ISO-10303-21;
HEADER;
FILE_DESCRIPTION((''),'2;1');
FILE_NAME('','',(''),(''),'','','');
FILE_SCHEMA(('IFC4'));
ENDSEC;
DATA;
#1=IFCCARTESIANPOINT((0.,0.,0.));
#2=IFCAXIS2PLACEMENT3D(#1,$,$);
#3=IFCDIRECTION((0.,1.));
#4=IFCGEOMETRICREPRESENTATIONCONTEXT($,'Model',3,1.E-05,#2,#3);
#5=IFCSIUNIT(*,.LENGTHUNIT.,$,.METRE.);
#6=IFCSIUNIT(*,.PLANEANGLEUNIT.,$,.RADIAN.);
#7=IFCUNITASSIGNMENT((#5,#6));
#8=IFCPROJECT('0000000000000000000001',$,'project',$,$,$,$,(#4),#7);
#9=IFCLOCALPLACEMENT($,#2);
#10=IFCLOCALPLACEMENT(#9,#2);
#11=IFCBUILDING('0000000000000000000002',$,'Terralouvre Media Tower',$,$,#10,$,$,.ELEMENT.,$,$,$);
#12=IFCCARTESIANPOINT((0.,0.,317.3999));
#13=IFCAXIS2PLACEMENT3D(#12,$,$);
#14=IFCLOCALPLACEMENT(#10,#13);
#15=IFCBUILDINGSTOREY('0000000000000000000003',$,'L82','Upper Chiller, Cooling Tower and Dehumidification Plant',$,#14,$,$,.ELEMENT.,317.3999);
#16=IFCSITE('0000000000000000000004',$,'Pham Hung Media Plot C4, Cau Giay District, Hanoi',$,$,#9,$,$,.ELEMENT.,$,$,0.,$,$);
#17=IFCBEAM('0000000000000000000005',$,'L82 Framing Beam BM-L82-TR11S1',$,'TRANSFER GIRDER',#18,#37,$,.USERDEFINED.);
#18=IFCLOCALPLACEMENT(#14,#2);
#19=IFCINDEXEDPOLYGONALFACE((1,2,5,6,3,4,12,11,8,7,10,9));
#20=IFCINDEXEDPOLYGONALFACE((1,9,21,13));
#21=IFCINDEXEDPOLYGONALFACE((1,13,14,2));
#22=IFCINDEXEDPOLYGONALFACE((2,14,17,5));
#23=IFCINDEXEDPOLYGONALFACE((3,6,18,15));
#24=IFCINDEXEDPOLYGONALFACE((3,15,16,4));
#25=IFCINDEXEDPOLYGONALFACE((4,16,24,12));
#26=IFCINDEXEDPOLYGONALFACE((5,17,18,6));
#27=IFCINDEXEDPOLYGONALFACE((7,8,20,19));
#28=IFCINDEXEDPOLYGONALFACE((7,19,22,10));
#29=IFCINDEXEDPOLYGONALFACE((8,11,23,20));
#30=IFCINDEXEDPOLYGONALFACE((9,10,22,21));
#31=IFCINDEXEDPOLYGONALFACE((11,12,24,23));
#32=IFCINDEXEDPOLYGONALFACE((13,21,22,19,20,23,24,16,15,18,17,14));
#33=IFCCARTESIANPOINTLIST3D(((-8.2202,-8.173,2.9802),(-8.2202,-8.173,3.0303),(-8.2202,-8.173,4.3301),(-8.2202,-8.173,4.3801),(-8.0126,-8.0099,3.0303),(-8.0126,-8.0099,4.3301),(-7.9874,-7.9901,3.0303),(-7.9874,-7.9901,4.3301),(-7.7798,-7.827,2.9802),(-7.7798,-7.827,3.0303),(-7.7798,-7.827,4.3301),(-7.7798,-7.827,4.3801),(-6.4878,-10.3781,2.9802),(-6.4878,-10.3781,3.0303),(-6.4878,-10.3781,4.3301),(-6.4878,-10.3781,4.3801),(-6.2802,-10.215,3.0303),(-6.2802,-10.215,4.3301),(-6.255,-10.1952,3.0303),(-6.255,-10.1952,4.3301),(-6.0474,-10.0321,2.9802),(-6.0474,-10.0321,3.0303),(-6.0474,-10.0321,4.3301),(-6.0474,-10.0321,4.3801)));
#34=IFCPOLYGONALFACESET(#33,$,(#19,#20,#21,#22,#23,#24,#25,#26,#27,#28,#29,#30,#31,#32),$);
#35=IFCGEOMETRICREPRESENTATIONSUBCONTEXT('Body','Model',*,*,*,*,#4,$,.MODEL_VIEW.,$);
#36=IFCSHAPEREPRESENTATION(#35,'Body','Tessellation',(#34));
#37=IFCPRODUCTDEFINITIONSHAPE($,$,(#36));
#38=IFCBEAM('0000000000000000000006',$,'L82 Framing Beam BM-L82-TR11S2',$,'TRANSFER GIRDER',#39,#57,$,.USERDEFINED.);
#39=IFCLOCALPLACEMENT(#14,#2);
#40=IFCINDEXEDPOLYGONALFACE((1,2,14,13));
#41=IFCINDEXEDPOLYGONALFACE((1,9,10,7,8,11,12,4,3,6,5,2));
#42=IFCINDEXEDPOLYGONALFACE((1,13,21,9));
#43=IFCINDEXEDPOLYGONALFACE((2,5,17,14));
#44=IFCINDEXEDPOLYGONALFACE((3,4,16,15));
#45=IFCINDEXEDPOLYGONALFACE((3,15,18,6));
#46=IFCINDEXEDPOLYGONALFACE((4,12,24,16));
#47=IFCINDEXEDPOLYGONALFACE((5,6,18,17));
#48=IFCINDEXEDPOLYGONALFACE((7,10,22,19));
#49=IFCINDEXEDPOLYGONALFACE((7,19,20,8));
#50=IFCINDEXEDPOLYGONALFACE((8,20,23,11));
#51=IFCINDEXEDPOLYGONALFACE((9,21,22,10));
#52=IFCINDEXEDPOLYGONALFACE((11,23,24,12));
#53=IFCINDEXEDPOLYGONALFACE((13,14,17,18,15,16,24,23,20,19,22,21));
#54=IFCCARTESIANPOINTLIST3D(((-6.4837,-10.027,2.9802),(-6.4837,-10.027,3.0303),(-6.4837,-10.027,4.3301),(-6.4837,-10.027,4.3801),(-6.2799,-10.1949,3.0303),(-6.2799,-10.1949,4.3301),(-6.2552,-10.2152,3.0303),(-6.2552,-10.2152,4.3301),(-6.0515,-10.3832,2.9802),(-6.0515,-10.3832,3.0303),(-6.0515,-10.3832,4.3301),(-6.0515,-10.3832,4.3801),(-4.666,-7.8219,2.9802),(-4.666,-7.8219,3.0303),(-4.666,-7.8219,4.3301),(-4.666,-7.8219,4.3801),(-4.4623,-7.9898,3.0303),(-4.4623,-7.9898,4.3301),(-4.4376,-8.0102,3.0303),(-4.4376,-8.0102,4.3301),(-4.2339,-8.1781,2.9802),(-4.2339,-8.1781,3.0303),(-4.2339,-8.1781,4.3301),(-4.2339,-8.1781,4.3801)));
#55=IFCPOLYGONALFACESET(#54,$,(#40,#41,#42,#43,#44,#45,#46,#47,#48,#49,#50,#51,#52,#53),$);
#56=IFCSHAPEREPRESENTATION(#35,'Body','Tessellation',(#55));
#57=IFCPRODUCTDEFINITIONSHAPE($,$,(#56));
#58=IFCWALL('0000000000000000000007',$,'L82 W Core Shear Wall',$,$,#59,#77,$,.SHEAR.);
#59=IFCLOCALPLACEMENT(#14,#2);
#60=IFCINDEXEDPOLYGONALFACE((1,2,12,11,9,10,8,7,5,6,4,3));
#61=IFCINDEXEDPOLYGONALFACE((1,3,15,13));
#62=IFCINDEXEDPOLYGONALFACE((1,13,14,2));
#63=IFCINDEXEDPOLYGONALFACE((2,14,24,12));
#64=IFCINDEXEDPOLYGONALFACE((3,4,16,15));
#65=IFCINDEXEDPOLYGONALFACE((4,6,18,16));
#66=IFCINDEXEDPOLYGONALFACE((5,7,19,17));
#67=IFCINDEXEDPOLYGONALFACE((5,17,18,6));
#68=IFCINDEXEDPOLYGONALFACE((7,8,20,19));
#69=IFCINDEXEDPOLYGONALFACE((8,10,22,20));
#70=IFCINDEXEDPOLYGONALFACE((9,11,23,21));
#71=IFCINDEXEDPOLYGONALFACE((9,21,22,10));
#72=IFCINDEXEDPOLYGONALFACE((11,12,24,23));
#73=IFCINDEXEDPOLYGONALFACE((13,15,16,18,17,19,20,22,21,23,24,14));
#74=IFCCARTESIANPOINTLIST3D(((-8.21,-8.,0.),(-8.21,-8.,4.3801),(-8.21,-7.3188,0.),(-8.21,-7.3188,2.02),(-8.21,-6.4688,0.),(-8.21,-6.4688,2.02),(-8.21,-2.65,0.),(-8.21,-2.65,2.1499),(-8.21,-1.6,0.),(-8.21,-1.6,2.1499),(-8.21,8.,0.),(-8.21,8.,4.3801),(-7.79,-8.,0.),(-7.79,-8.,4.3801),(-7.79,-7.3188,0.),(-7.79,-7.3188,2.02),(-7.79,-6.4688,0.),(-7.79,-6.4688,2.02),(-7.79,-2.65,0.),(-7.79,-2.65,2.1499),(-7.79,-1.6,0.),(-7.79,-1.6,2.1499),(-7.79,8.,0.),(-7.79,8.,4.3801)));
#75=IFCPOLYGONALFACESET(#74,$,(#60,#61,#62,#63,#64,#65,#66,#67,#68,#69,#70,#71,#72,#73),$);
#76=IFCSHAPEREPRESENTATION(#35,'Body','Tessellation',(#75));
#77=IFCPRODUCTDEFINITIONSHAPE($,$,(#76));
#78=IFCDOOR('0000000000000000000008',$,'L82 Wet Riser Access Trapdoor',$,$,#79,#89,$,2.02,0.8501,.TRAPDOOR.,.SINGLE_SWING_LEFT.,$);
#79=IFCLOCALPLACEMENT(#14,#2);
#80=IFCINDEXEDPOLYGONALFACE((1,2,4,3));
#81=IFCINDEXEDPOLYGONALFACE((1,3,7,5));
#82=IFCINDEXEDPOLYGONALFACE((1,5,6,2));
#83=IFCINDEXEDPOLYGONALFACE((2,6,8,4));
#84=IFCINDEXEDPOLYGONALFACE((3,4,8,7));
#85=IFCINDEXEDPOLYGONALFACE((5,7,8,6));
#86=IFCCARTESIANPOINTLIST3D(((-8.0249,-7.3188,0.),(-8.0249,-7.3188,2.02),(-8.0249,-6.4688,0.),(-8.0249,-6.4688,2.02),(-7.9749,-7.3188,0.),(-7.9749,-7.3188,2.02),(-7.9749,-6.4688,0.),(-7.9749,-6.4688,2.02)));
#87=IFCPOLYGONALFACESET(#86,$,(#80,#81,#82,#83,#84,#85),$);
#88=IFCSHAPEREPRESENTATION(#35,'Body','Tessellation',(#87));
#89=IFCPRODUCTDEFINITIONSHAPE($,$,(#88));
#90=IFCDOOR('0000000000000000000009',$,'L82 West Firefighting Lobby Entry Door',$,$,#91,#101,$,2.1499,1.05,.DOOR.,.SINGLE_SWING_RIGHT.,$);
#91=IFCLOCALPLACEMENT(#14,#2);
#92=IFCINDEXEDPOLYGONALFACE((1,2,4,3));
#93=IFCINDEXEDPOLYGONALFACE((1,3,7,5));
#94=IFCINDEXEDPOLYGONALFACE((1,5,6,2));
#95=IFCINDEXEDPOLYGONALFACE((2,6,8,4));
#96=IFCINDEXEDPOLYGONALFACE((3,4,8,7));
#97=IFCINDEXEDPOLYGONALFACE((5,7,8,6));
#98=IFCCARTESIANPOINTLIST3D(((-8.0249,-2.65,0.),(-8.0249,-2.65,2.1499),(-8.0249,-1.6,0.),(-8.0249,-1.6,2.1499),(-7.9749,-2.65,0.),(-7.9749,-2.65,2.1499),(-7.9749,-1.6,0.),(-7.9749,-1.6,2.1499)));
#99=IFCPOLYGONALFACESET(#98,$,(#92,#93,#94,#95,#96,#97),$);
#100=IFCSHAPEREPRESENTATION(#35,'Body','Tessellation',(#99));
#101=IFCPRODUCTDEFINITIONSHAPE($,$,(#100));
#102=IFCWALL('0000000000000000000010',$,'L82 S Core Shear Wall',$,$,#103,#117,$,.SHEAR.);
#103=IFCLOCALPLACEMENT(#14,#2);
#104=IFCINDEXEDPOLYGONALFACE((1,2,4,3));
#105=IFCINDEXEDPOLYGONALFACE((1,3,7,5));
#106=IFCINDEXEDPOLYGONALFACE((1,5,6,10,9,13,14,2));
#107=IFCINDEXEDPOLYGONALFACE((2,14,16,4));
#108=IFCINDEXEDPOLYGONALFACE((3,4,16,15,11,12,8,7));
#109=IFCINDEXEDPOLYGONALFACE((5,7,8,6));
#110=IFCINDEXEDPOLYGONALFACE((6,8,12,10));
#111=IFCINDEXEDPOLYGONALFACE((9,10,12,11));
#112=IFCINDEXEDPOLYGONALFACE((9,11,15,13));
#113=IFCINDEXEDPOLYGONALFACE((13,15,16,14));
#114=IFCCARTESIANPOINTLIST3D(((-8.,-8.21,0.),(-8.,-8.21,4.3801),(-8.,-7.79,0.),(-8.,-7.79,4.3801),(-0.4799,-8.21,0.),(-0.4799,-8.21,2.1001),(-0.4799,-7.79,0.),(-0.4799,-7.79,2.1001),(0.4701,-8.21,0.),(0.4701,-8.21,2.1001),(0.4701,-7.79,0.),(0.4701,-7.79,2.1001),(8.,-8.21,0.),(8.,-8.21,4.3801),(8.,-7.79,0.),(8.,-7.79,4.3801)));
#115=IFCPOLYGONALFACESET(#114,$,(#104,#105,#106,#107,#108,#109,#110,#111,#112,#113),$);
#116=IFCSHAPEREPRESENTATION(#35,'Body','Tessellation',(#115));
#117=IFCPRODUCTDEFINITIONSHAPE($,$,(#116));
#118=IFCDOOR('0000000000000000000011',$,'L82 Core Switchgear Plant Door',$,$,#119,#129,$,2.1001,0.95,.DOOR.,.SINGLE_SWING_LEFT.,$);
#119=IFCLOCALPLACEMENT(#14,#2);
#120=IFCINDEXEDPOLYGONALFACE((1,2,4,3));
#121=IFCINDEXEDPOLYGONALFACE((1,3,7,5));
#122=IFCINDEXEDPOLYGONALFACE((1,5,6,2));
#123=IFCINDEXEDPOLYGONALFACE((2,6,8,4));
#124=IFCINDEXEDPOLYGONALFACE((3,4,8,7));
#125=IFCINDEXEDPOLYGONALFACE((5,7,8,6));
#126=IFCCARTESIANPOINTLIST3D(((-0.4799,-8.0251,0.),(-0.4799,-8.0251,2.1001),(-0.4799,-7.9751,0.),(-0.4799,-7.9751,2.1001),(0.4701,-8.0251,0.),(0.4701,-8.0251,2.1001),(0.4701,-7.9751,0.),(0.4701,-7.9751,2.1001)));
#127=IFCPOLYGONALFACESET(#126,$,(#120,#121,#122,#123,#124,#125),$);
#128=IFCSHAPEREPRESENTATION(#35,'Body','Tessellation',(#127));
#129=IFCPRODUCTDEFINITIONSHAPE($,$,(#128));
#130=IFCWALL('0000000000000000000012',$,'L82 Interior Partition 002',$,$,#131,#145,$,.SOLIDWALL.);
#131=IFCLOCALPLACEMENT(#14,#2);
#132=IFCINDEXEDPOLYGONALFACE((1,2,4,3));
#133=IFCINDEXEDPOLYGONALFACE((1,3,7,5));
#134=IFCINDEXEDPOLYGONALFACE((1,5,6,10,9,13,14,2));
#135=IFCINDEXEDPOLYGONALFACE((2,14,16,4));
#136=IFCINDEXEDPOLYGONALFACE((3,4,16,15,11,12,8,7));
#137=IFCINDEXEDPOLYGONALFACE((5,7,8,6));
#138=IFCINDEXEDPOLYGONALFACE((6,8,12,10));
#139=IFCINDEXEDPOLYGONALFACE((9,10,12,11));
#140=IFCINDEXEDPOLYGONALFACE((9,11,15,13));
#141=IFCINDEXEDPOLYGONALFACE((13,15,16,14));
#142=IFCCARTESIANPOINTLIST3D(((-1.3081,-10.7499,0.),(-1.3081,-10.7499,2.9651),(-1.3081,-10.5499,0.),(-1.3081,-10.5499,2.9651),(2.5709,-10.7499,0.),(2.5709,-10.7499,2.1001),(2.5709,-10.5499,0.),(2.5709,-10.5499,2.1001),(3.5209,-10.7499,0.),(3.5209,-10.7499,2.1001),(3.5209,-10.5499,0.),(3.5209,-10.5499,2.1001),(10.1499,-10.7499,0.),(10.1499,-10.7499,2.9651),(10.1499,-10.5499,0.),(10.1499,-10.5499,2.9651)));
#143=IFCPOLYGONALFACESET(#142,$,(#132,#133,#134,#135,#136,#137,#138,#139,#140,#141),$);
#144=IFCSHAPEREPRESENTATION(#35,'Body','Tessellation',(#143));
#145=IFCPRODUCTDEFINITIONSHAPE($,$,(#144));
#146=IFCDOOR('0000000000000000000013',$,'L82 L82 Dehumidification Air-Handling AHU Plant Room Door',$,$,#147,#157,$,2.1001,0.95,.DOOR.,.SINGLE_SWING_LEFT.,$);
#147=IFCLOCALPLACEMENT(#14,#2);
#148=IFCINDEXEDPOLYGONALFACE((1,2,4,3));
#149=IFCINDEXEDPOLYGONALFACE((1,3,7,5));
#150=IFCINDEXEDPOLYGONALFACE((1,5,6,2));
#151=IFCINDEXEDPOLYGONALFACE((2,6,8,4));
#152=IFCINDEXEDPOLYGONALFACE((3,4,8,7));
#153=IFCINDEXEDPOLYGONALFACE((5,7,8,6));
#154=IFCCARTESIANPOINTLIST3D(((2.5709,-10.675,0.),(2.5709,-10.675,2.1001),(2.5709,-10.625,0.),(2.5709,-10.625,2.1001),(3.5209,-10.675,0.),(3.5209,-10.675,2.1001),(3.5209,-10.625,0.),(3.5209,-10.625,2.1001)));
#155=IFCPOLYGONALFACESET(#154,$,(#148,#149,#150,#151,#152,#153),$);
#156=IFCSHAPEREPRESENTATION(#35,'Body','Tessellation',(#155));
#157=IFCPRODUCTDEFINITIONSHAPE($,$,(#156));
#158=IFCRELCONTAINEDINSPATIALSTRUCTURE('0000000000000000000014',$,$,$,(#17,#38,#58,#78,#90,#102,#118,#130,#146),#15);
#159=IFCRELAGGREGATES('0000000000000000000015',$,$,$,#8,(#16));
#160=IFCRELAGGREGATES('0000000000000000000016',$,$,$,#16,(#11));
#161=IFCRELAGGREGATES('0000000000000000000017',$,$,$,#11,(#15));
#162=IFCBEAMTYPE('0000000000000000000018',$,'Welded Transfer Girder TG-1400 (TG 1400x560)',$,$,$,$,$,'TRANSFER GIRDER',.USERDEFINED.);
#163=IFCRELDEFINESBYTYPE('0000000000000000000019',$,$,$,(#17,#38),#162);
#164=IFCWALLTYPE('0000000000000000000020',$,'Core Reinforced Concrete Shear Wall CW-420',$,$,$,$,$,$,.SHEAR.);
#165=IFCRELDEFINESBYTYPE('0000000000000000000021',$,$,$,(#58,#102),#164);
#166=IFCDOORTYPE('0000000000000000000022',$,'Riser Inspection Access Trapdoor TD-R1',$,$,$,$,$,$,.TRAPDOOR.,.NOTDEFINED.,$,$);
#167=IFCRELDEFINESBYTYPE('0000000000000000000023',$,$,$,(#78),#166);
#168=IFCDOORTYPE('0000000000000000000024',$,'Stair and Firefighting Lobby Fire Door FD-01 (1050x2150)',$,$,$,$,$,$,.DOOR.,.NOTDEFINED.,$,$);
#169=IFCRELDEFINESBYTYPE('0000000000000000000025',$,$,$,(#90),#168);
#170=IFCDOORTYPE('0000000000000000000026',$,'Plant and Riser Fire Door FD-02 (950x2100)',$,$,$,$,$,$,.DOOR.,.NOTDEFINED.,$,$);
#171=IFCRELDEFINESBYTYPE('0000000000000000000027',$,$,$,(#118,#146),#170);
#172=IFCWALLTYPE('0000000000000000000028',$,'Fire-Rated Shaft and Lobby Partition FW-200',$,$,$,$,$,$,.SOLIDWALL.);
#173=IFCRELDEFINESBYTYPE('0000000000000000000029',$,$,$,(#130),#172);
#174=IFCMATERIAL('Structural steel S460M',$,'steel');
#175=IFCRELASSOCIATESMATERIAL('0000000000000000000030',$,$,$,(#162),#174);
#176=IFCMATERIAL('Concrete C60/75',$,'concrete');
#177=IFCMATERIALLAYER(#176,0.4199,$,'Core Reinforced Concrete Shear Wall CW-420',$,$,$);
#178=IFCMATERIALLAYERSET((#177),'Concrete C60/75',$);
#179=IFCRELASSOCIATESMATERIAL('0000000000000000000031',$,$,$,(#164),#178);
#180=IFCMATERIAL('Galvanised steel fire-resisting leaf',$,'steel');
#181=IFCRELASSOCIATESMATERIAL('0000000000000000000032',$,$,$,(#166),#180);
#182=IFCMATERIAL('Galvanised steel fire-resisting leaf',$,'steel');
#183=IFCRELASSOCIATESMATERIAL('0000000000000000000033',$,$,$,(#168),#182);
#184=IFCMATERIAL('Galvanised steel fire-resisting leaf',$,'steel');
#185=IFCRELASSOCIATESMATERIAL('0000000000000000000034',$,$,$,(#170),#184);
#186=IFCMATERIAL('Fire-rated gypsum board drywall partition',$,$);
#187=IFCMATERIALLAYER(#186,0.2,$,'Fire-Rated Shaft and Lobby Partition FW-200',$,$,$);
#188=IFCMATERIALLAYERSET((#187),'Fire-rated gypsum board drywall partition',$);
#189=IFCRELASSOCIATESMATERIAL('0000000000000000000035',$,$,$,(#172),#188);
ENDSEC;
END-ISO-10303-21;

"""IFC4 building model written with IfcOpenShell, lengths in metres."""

from ifc_helpers import new_model, si_unit, direction, frame, frame_2d, origin, origin_2d, place, context, subcontext, project, spatial, rectangle, i_section, extrude, material, layer, layer_set, material_profile, profile_set, type_object, element, fill, save


model = new_model("IFC4")

# Units and contexts
model_context = context("Model", 3, precision=1e-05, world=origin(), true_north=direction((0.0, 1.0)))
body_context = subcontext(model_context, "Body", "Model", "MODEL_VIEW")
ifc_project = project(units=[si_unit("LENGTHUNIT", "METRE"), si_unit("PLANEANGLEUNIT", "RADIAN")], contexts=[model_context])

# Site, building, storey
site_placement = place(None, origin())
site = spatial("IfcSite", under=ifc_project, at=site_placement, Name="Pham Hung Media Plot C4, Cau Giay District, Hanoi", CompositionType="ELEMENT", RefElevation=0.0)
building_placement = place(site_placement, origin())
building = spatial("IfcBuilding", under=site, at=building_placement, Name="Terralouvre Media Tower", CompositionType="ELEMENT")
storey_placement = place(building_placement, frame((0.0, 0.0, 317.3999)))
storey = spatial("IfcBuildingStorey", under=building, at=storey_placement, Name="L82", Description="Upper Chiller, Cooling Tower and Dehumidification Plant", CompositionType="ELEMENT", Elevation=317.3999)

# Beams
ifc_material_1 = material(Name="Structural steel S460M", Category="steel")
ifc_material_profile_1 = material_profile(ifc_material_1, i_section(OverallWidth=0.5601, OverallDepth=1.3999, WebThickness=0.032, FlangeThickness=0.05, at=origin_2d()), Name="TG 1400x560")
ifc_profile_set_1 = profile_set([ifc_material_profile_1], Name="Structural steel S460M")
beam_type_1 = type_object("IfcBeamType", Name="Welded Transfer Girder TG-1400 (TG 1400x560)", ElementType="TRANSFER GIRDER", PredefinedType="USERDEFINED", material=ifc_profile_set_1)
beam_1_placement = place(storey_placement, frame((-6.2676, -10.2051, 3.6802), z_axis=(-0.617791, 0.786343, 0.0), x_axis=(-0.786343, -0.617791, 0.0)))
element("IfcBeam", 1, at=beam_1_placement, inside=storey, type_object=beam_type_1, Name="L82 Framing Beam BM-L82-TR11S1", ObjectType="TRANSFER GIRDER", PredefinedType="USERDEFINED", context=body_context, shape_type="SweptSolid", body=[
    extrude(i_section(OverallWidth=0.5601, OverallDepth=1.3999, WebThickness=0.032, FlangeThickness=0.05, at=origin_2d()), origin(), (0.0, 0.0, 1.0), 2.8042),
])
beam_2_placement = place(storey_placement, frame((-6.2676, -10.2051, 3.6802), z_axis=(0.636058, 0.771642, 0.0), x_axis=(-0.771642, 0.636058, 0.0)))
element("IfcBeam", 2, at=beam_2_placement, inside=storey, type_object=beam_type_1, Name="L82 Framing Beam BM-L82-TR11S2", ObjectType="TRANSFER GIRDER", PredefinedType="USERDEFINED", context=body_context, shape_type="SweptSolid", body=[
    extrude(i_section(OverallWidth=0.5601, OverallDepth=1.3999, WebThickness=0.032, FlangeThickness=0.05, at=origin_2d()), origin(), (0.0, 0.0, 1.0), 2.8577),
])

# Wall, openings, doors
ifc_material_2 = material(Name="Concrete C60/75", Category="concrete")
ifc_layer_1 = layer(ifc_material_2, 0.4199, Name="Core Reinforced Concrete Shear Wall CW-420")
ifc_layer_set_1 = layer_set([ifc_layer_1], Name="Concrete C60/75")
wall_type_1 = type_object("IfcWallType", Name="Core Reinforced Concrete Shear Wall CW-420", PredefinedType="SHEAR", material=ifc_layer_set_1)
wall_1_placement = place(storey_placement, frame((-8.0, -8.0, 0.0), z_axis=(0.0, 0.0, 1.0), x_axis=(0.0, 1.0, 0.0)))
wall_1 = element("IfcWall", 3, at=wall_1_placement, inside=storey, type_object=wall_type_1, Name="L82 W Core Shear Wall", PredefinedType="SHEAR", context=body_context, shape_type="SweptSolid", body=[
    extrude(rectangle(XDim=16.0, YDim=0.4199, at=frame_2d((8.0, 0.0))), origin(), (0.0, 0.0, 1.0), 4.3801),
])
opening_1_placement = place(wall_1_placement, frame((0.6812, 0.0, 0.0)))
opening_1 = element("IfcOpeningElement", 4, at=opening_1_placement, cuts=wall_1, PredefinedType="OPENING", context=body_context, shape_type="SweptSolid", body=[
    extrude(rectangle(XDim=0.8501, YDim=2.02, at=frame_2d((0.425, 1.01))), frame((0.0, 0.22, 0.0), z_axis=(0.0, -1.0, 0.0), x_axis=(1.0, 0.0, 0.0)), (0.0, 0.0, 1.0), 0.4399),
])
opening_2_placement = place(wall_1_placement, frame((5.3501, 0.0, 0.0)))
opening_2 = element("IfcOpeningElement", 5, at=opening_2_placement, cuts=wall_1, PredefinedType="OPENING", context=body_context, shape_type="SweptSolid", body=[
    extrude(rectangle(XDim=1.05, YDim=2.1499, at=frame_2d((0.5249, 1.075))), frame((0.0, 0.22, 0.0), z_axis=(0.0, -1.0, 0.0), x_axis=(1.0, 0.0, 0.0)), (0.0, 0.0, 1.0), 0.4399),
])
ifc_material_3 = material(Name="Galvanised steel fire-resisting leaf", Category="steel")
door_type_1 = type_object("IfcDoorType", Name="Riser Inspection Access Trapdoor TD-R1", OperationType="NOTDEFINED", PredefinedType="TRAPDOOR", material=ifc_material_3)
door_1_placement = place(opening_1_placement, origin())
door_1 = element("IfcDoor", 6, at=door_1_placement, inside=storey, type_object=door_type_1, Name="L82 Wet Riser Access Trapdoor", OperationType="SINGLE_SWING_LEFT", OverallHeight=2.02, OverallWidth=0.8501, PredefinedType="TRAPDOOR", context=body_context, shape_type="SweptSolid", body=[
    extrude(rectangle(XDim=0.8501, YDim=2.02, at=frame_2d((0.425, 1.01))), frame((0.0, 0.0249, 0.0), z_axis=(0.0, -1.0, 0.0), x_axis=(1.0, 0.0, 0.0)), (0.0, 0.0, 1.0), 0.05),
])
fill(opening_1, door_1)
ifc_material_4 = material(Name="Galvanised steel fire-resisting leaf", Category="steel")
door_type_2 = type_object("IfcDoorType", Name="Stair and Firefighting Lobby Fire Door FD-01 (1050x2150)", OperationType="NOTDEFINED", PredefinedType="DOOR", material=ifc_material_4)
door_2_placement = place(opening_2_placement, origin())
door_2 = element("IfcDoor", 7, at=door_2_placement, inside=storey, type_object=door_type_2, Name="L82 West Firefighting Lobby Entry Door", OperationType="SINGLE_SWING_RIGHT", OverallHeight=2.1499, OverallWidth=1.05, PredefinedType="DOOR", context=body_context, shape_type="SweptSolid", body=[
    extrude(rectangle(XDim=1.05, YDim=2.1499, at=frame_2d((0.5249, 1.075))), frame((0.0, 0.0249, 0.0), z_axis=(0.0, -1.0, 0.0), x_axis=(1.0, 0.0, 0.0)), (0.0, 0.0, 1.0), 0.05),
])
fill(opening_2, door_2)

# Walls, openings, doors
wall_2_placement = place(storey_placement, frame((-8.0, -8.0, 0.0), z_axis=(0.0, 0.0, 1.0), x_axis=(1.0, 0.0, 0.0)))
wall_2 = element("IfcWall", 8, at=wall_2_placement, inside=storey, type_object=wall_type_1, Name="L82 S Core Shear Wall", PredefinedType="SHEAR", context=body_context, shape_type="SweptSolid", body=[
    extrude(rectangle(XDim=16.0, YDim=0.4199, at=frame_2d((8.0, 0.0))), origin(), (0.0, 0.0, 1.0), 4.3801),
])
opening_3_placement = place(wall_2_placement, frame((7.52, 0.0, 0.0)))
opening_3 = element("IfcOpeningElement", 9, at=opening_3_placement, cuts=wall_2, PredefinedType="OPENING", context=body_context, shape_type="SweptSolid", body=[
    extrude(rectangle(XDim=0.95, YDim=2.1001, at=frame_2d((0.4751, 1.05))), frame((0.0, 0.22, 0.0), z_axis=(0.0, -1.0, 0.0), x_axis=(1.0, 0.0, 0.0)), (0.0, 0.0, 1.0), 0.4399),
])
ifc_material_5 = material(Name="Galvanised steel fire-resisting leaf", Category="steel")
door_type_3 = type_object("IfcDoorType", Name="Plant and Riser Fire Door FD-02 (950x2100)", OperationType="NOTDEFINED", PredefinedType="DOOR", material=ifc_material_5)
door_3_placement = place(opening_3_placement, origin())
door_3 = element("IfcDoor", 10, at=door_3_placement, inside=storey, type_object=door_type_3, Name="L82 Core Switchgear Plant Door", OperationType="SINGLE_SWING_LEFT", OverallHeight=2.1001, OverallWidth=0.95, PredefinedType="DOOR", context=body_context, shape_type="SweptSolid", body=[
    extrude(rectangle(XDim=0.95, YDim=2.1001, at=frame_2d((0.4751, 1.05))), frame((0.0, 0.0249, 0.0), z_axis=(0.0, -1.0, 0.0), x_axis=(1.0, 0.0, 0.0)), (0.0, 0.0, 1.0), 0.05),
])
fill(opening_3, door_3)
ifc_material_6 = material(Name="Fire-rated gypsum board drywall partition")
ifc_layer_2 = layer(ifc_material_6, 0.2, Name="Fire-Rated Shaft and Lobby Partition FW-200")
ifc_layer_set_2 = layer_set([ifc_layer_2], Name="Fire-rated gypsum board drywall partition")
wall_type_2 = type_object("IfcWallType", Name="Fire-Rated Shaft and Lobby Partition FW-200", PredefinedType="SOLIDWALL", material=ifc_layer_set_2)
wall_3_placement = place(storey_placement, frame((-1.3081, -10.6499, 0.0), z_axis=(0.0, 0.0, 1.0), x_axis=(1.0, 0.0, 0.0)))
wall_3 = element("IfcWall", 11, at=wall_3_placement, inside=storey, type_object=wall_type_2, Name="L82 Interior Partition 002", PredefinedType="SOLIDWALL", context=body_context, shape_type="SweptSolid", body=[
    extrude(rectangle(XDim=11.458, YDim=0.2, at=frame_2d((5.729, 0.0))), origin(), (0.0, 0.0, 1.0), 2.9651),
])
opening_4_placement = place(wall_3_placement, frame((3.8789, 0.0, 0.0)))
opening_4 = element("IfcOpeningElement", 12, at=opening_4_placement, cuts=wall_3, PredefinedType="OPENING", context=body_context, shape_type="SweptSolid", body=[
    extrude(rectangle(XDim=0.95, YDim=2.1001, at=frame_2d((0.4751, 1.05))), frame((0.0, 0.1099, 0.0), z_axis=(0.0, -1.0, 0.0), x_axis=(1.0, 0.0, 0.0)), (0.0, 0.0, 1.0), 0.22),
])
door_4_placement = place(opening_4_placement, origin())
door_4 = element("IfcDoor", 13, at=door_4_placement, inside=storey, type_object=door_type_3, Name="L82 L82 Dehumidification Air-Handling AHU Plant Room Door", OperationType="SINGLE_SWING_LEFT", OverallHeight=2.1001, OverallWidth=0.95, PredefinedType="DOOR", context=body_context, shape_type="SweptSolid", body=[
    extrude(rectangle(XDim=0.95, YDim=2.1001, at=frame_2d((0.4751, 1.05))), frame((0.0, 0.0249, 0.0), z_axis=(0.0, -1.0, 0.0), x_axis=(1.0, 0.0, 0.0)), (0.0, 0.0, 1.0), 0.05),
])
fill(opening_4, door_4)

save(model, "model.ifc")
